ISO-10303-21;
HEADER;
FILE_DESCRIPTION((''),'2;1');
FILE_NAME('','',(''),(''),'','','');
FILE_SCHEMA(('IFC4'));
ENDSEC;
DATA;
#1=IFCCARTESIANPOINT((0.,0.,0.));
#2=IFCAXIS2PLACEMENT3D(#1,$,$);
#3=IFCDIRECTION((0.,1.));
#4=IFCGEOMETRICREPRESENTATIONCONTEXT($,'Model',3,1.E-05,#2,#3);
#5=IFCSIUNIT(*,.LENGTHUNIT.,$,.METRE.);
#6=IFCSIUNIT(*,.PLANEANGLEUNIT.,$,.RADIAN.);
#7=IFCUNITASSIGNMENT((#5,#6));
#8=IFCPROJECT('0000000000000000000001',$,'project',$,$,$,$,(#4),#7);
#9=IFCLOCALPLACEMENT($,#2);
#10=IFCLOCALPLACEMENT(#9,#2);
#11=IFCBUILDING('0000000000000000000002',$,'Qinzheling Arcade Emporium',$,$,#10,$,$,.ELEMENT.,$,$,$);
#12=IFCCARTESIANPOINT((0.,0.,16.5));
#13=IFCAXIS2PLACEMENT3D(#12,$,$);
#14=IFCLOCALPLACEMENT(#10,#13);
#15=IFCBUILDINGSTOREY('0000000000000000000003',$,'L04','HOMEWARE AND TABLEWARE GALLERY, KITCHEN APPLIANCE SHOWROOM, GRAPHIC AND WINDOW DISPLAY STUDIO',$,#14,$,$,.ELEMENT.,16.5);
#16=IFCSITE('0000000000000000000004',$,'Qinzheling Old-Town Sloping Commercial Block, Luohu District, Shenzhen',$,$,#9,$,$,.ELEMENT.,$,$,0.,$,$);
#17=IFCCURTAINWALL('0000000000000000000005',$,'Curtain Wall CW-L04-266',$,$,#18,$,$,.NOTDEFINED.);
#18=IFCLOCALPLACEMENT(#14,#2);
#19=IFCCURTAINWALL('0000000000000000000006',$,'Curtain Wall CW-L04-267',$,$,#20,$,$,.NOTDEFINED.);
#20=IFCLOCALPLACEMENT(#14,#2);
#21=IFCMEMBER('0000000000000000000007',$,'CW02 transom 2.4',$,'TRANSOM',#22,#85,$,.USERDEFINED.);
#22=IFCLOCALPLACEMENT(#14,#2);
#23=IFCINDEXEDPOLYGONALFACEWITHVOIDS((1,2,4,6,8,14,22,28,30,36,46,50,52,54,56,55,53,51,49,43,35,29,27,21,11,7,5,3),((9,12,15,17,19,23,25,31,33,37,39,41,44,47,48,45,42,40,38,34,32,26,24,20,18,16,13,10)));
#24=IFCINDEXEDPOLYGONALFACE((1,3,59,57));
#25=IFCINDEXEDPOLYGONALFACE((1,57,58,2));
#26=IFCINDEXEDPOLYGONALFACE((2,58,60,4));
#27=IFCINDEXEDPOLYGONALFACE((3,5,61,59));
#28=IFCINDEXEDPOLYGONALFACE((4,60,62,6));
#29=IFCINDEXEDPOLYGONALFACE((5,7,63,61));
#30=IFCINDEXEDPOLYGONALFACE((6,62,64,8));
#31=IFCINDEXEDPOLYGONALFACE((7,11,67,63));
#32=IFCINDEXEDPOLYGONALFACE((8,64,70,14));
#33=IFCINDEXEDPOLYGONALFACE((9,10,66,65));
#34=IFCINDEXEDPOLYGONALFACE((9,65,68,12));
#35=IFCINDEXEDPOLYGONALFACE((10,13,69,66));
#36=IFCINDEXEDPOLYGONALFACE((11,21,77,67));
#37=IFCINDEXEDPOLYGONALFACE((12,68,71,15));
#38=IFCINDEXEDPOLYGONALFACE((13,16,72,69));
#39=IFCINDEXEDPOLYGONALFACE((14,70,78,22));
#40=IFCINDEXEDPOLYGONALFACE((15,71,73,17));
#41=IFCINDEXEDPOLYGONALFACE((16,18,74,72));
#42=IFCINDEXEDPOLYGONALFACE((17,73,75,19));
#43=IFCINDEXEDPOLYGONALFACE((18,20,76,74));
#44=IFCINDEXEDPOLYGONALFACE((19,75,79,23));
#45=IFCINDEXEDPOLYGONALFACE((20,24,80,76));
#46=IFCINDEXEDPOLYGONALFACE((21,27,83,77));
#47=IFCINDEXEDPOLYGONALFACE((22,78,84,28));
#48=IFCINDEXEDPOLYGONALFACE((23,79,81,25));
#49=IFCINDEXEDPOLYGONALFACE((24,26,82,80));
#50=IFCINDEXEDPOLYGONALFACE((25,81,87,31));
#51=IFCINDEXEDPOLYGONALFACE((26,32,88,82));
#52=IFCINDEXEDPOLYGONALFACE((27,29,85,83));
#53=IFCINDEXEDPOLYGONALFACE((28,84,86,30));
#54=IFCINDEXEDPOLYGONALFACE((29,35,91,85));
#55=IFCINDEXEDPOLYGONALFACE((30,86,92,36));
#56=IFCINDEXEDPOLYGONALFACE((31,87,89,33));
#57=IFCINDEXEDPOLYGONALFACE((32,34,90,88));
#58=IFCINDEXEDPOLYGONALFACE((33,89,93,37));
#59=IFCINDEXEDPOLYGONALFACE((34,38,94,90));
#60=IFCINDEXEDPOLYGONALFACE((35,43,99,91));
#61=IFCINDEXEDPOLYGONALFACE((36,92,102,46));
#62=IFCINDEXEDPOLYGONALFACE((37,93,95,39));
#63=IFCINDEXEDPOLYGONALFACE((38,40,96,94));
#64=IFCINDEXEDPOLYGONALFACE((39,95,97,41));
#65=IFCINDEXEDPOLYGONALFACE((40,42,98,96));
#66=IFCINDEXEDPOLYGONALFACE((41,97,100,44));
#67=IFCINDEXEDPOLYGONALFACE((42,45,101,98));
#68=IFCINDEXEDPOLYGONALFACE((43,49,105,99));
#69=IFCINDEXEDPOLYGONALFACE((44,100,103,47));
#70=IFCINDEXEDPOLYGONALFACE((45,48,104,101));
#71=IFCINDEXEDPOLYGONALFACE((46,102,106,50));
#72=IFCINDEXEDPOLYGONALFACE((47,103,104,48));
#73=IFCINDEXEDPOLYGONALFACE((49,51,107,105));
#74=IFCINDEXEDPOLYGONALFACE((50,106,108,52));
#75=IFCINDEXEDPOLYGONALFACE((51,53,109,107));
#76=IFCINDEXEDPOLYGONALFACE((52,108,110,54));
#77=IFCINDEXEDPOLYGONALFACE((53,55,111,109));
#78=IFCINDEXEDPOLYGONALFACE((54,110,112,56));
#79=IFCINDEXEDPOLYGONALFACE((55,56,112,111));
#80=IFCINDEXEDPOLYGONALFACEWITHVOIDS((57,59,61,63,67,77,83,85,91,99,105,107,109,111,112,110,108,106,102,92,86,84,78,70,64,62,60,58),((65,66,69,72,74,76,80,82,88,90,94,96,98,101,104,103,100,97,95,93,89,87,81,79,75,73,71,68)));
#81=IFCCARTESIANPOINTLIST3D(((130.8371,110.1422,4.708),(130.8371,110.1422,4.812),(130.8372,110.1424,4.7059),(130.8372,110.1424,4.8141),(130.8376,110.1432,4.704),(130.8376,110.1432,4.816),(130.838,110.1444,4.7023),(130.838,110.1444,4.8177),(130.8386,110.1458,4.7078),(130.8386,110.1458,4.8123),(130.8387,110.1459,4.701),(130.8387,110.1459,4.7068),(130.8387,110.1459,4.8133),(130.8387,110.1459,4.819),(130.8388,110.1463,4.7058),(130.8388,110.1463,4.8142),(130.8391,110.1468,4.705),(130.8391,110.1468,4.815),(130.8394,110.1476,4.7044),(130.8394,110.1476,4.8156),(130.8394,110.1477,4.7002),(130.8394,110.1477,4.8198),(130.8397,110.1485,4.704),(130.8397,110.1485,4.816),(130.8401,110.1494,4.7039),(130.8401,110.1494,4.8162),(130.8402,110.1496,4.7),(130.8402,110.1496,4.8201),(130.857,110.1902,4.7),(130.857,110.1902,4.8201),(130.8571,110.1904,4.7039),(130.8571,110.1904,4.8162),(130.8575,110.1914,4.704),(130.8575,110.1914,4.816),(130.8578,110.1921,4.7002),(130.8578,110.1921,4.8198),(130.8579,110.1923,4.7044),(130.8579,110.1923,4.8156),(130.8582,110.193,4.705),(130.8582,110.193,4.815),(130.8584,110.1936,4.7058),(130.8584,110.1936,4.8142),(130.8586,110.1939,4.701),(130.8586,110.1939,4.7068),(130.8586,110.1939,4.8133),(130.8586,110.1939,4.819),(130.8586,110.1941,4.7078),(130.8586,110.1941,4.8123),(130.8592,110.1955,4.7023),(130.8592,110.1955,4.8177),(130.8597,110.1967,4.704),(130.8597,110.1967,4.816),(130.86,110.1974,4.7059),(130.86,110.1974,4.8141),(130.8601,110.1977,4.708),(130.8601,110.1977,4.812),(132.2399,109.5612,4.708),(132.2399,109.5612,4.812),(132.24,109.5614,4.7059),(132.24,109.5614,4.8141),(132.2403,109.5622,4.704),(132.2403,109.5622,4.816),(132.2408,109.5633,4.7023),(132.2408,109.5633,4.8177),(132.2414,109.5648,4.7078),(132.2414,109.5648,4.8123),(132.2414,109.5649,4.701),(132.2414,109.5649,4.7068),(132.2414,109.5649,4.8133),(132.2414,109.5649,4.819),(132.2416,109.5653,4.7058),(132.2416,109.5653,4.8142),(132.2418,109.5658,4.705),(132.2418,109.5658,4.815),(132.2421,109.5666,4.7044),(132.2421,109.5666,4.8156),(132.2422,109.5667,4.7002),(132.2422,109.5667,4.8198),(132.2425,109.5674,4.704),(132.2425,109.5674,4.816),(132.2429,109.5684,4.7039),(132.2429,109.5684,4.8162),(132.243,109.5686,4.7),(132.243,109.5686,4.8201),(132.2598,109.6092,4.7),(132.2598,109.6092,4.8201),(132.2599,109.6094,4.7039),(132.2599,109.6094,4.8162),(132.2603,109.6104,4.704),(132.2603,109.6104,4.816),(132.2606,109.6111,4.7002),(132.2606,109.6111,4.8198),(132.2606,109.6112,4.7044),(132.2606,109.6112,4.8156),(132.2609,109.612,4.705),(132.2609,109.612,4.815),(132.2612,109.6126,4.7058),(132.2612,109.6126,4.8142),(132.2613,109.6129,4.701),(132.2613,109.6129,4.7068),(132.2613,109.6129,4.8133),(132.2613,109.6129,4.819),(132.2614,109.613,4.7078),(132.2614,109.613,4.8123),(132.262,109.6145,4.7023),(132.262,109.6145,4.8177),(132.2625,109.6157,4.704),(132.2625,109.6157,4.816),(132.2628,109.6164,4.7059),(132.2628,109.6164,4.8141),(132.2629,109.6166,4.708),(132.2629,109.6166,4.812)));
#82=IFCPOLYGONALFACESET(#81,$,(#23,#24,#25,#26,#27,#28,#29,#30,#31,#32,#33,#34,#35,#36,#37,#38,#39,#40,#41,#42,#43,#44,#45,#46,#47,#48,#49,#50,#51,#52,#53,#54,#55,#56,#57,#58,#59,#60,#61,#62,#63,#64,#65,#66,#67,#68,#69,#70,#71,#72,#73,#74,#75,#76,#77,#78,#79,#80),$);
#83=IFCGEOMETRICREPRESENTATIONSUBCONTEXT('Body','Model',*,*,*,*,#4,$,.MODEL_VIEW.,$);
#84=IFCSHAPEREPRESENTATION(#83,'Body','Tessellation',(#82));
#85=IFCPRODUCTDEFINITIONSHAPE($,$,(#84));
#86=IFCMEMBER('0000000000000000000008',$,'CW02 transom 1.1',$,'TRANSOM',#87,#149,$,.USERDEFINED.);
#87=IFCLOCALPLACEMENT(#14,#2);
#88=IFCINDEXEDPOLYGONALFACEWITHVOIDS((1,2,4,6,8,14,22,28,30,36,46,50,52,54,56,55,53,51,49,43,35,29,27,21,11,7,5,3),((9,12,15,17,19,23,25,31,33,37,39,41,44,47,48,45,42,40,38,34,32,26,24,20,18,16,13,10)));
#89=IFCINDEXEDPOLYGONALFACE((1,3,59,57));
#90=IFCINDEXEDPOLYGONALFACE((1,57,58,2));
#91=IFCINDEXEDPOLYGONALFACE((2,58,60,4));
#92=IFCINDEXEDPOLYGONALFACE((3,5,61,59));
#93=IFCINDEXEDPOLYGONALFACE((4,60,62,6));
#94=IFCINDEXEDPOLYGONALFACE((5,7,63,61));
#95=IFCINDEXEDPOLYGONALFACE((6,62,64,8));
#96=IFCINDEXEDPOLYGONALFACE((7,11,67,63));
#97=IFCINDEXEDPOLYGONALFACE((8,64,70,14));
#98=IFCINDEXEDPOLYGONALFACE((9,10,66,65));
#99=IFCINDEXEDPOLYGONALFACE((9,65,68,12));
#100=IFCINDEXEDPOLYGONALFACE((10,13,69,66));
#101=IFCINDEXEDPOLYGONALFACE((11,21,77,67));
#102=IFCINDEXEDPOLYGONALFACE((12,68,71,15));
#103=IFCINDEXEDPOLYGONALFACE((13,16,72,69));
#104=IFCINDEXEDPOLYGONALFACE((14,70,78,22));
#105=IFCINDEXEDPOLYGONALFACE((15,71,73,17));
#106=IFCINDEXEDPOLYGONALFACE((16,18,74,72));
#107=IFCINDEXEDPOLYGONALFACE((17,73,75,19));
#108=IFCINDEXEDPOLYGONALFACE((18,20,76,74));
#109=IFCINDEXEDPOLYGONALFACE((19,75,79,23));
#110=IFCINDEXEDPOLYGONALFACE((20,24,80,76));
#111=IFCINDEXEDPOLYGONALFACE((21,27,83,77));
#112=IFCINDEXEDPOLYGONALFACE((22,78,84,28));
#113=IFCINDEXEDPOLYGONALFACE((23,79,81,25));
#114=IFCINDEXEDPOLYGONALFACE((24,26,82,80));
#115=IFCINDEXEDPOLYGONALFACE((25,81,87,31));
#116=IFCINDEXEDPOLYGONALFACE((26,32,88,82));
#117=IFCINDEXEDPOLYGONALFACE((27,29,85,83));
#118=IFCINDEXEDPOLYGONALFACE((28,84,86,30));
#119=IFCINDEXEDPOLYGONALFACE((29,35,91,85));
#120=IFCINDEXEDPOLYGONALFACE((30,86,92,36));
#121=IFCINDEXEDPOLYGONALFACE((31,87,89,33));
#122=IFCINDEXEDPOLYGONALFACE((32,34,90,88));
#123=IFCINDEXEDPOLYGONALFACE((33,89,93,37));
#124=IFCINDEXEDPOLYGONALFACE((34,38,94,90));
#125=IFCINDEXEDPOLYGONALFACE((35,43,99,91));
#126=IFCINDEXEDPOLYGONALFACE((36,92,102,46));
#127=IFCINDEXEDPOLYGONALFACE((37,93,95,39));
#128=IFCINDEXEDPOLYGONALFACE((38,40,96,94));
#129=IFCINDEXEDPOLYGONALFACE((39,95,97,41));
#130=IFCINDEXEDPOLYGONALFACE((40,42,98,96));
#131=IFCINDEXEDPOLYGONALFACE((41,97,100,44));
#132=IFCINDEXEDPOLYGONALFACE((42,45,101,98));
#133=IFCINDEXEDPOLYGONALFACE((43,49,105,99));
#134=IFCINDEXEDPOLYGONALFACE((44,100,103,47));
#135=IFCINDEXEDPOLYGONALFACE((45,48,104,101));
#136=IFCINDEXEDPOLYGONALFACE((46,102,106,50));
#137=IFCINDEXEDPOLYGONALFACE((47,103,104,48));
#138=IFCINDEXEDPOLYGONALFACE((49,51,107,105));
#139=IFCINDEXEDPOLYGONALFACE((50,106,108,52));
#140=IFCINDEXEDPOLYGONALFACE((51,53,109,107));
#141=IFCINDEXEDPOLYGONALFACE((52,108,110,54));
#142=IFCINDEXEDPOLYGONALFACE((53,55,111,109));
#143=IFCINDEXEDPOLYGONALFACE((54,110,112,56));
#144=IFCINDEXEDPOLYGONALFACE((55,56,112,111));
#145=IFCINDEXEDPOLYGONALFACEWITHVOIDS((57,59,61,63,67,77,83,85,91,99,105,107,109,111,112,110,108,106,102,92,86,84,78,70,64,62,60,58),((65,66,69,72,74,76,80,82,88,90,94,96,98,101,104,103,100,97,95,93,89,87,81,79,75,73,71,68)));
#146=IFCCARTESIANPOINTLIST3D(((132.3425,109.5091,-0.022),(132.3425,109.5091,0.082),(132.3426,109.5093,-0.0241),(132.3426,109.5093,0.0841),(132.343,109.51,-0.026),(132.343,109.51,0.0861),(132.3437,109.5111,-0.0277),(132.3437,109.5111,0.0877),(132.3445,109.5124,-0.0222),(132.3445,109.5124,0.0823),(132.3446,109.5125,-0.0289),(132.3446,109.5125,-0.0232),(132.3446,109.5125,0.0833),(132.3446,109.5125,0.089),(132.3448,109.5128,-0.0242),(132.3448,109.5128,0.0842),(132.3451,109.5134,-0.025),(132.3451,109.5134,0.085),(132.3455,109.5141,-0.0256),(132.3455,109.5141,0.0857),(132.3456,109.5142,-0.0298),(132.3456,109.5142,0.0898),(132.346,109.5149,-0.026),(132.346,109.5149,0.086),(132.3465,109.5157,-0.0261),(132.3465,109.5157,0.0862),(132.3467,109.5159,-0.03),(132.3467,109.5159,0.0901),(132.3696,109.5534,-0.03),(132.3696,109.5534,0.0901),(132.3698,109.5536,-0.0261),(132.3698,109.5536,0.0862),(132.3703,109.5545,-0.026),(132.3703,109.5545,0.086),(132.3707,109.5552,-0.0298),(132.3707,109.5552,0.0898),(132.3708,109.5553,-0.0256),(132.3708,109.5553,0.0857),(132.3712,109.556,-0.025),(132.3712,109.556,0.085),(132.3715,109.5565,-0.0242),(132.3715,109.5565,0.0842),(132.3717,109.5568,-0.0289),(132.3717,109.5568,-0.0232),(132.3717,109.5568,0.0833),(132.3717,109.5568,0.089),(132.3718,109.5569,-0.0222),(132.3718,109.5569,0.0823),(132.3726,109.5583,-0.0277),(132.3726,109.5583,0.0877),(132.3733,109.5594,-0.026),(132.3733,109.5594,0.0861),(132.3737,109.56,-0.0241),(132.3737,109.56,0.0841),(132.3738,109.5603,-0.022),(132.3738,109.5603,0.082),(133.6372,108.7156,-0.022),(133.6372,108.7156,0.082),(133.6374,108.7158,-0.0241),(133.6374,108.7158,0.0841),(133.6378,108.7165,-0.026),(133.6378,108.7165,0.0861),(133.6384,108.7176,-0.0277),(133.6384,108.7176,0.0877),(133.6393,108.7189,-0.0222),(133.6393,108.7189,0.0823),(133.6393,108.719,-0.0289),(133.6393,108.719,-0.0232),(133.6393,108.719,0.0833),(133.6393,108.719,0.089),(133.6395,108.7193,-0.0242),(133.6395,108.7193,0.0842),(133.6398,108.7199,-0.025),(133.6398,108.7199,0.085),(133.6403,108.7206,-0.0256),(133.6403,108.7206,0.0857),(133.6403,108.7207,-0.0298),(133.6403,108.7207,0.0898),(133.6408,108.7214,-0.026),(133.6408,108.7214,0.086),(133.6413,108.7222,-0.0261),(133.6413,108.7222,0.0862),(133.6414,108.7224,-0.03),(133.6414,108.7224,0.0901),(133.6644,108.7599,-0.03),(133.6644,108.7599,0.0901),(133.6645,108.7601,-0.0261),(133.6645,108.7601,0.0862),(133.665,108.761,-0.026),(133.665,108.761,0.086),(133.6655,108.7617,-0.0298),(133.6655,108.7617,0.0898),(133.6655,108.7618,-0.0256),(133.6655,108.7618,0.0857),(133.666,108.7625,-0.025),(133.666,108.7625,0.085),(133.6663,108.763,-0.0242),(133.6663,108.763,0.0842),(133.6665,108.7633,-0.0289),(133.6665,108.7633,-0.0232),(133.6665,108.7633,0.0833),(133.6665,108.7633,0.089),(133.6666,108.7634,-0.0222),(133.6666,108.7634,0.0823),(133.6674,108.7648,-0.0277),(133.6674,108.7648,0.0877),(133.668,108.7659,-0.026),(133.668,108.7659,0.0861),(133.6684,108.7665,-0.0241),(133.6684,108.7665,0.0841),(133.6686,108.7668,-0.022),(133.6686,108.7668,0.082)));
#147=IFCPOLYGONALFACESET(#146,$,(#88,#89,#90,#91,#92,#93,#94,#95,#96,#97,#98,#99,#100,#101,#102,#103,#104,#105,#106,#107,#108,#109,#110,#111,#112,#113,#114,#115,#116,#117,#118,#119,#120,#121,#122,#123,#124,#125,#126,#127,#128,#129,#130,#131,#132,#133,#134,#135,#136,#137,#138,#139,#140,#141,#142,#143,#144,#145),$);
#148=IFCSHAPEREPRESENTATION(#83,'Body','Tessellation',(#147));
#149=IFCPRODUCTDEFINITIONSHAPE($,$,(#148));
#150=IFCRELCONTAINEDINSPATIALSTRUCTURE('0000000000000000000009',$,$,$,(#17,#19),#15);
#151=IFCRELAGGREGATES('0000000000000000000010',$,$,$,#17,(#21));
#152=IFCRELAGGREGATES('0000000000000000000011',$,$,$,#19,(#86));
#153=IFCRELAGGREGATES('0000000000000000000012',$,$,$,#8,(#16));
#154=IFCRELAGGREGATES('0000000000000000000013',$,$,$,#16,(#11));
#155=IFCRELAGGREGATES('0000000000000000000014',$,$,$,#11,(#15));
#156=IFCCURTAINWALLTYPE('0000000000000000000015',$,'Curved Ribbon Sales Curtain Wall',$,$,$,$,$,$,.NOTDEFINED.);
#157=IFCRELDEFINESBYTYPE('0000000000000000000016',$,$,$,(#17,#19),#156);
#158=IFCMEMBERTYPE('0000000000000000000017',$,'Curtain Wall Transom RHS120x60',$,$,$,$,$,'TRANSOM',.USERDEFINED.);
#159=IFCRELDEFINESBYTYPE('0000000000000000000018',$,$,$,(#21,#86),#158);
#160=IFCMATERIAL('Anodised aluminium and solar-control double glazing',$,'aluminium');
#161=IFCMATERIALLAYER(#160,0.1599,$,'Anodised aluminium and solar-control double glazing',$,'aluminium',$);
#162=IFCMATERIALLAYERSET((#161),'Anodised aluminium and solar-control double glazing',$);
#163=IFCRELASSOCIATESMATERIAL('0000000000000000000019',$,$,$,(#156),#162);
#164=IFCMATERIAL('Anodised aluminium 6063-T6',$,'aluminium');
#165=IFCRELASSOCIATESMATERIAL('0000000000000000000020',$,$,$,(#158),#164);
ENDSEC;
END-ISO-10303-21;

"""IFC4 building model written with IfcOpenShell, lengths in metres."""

from ifc_helpers import new_model, si_unit, direction, frame, origin, origin_2d, place, context, subcontext, project, spatial, hollow_rectangle, extrude, material, layer, layer_set, material_profile, profile_set, type_object, element, aggregate, save


model = new_model("IFC4")

# Units and contexts
model_context = context("Model", 3, precision=1e-05, world=origin(), true_north=direction((0.0, 1.0)))
body_context = subcontext(model_context, "Body", "Model", "MODEL_VIEW")
ifc_project = project(units=[si_unit("LENGTHUNIT", "METRE"), si_unit("PLANEANGLEUNIT", "RADIAN")], contexts=[model_context])

# Site, building, storey
site_placement = place(None, origin())
site = spatial("IfcSite", under=ifc_project, at=site_placement, Name="Qinzheling Old-Town Sloping Commercial Block, Luohu District, Shenzhen", CompositionType="ELEMENT", RefElevation=0.0)
building_placement = place(site_placement, origin())
building = spatial("IfcBuilding", under=site, at=building_placement, Name="Qinzheling Arcade Emporium", CompositionType="ELEMENT")
storey_placement = place(building_placement, frame((0.0, 0.0, 16.5)))
storey = spatial("IfcBuildingStorey", under=building, at=storey_placement, Name="L04", Description="HOMEWARE AND TABLEWARE GALLERY, KITCHEN APPLIANCE SHOWROOM, GRAPHIC AND WINDOW DISPLAY STUDIO", CompositionType="ELEMENT", Elevation=16.5)

# Curtain walls
ifc_material_1 = material(Name="Anodised aluminium and solar-control double glazing", Category="aluminium")
ifc_layer_1 = layer(ifc_material_1, 0.1599, Name="Anodised aluminium and solar-control double glazing", Category="aluminium")
ifc_layer_set_1 = layer_set([ifc_layer_1], Name="Anodised aluminium and solar-control double glazing")
curtain_wall_type = type_object("IfcCurtainWallType", Name="Curved Ribbon Sales Curtain Wall", PredefinedType="NOTDEFINED", material=ifc_layer_set_1)
curtain_wall_1_placement = place(storey_placement, origin())
curtain_wall_1 = element("IfcCurtainWall", 1, at=curtain_wall_1_placement, inside=storey, type_object=curtain_wall_type, Name="Curtain Wall CW-L04-266", PredefinedType="NOTDEFINED")
ifc_material_2 = material(Name="Anodised aluminium 6063-T6", Category="aluminium")
curtain_wall_2_placement = place(storey_placement, origin())
curtain_wall_2 = element("IfcCurtainWall", 2, at=curtain_wall_2_placement, inside=storey, type_object=curtain_wall_type, Name="Curtain Wall CW-L04-267", PredefinedType="NOTDEFINED")

# Members
ifc_material_profile_1 = material_profile(ifc_material_2, hollow_rectangle(XDim=0.0601, YDim=0.1201, WallThickness=0.0039, InnerFilletRadius=0.0039, OuterFilletRadius=0.0081, at=origin_2d()), Name="RHS 120x60x4", Category="aluminium")
ifc_profile_set_1 = profile_set([ifc_material_profile_1], Name="Anodised aluminium 6063-T6")
member_type_1 = type_object("IfcMemberType", Name="Curtain Wall Transom RHS120x60", ElementType="TRANSOM", PredefinedType="USERDEFINED", material=ifc_profile_set_1)
member_1_placement = place(storey_placement, frame((130.8486, 110.1699, 4.76), z_axis=(0.923884, -0.382674, 0.0), x_axis=(0.382674, 0.923884, 0.0)))
member_1 = element("IfcMember", 3, at=member_1_placement, type_object=member_type_1, Name="CW02 transom 2.4", ObjectType="TRANSOM", PredefinedType="USERDEFINED", context=body_context, shape_type="SweptSolid", body=[
    extrude(hollow_rectangle(XDim=0.0601, YDim=0.1201, WallThickness=0.0039, InnerFilletRadius=0.0039, OuterFilletRadius=0.0081, at=origin_2d()), origin(), (0.0, 0.0, 1.0), 1.5183),
])
member_2_placement = place(storey_placement, frame((132.3582, 109.5347, 0.03), z_axis=(0.852617, -0.522536, 0.0), x_axis=(0.522536, 0.852617, 0.0)))
member_2 = element("IfcMember", 4, at=member_2_placement, type_object=member_type_1, Name="CW02 transom 1.1", ObjectType="TRANSOM", PredefinedType="USERDEFINED", context=body_context, shape_type="SweptSolid", body=[
    extrude(hollow_rectangle(XDim=0.0601, YDim=0.1201, WallThickness=0.0039, InnerFilletRadius=0.0039, OuterFilletRadius=0.0081, at=origin_2d()), origin(), (0.0, 0.0, 1.0), 1.5186),
])

aggregate(curtain_wall_1, [member_1])
aggregate(curtain_wall_2, [member_2])

save(model, "model.ifc")
